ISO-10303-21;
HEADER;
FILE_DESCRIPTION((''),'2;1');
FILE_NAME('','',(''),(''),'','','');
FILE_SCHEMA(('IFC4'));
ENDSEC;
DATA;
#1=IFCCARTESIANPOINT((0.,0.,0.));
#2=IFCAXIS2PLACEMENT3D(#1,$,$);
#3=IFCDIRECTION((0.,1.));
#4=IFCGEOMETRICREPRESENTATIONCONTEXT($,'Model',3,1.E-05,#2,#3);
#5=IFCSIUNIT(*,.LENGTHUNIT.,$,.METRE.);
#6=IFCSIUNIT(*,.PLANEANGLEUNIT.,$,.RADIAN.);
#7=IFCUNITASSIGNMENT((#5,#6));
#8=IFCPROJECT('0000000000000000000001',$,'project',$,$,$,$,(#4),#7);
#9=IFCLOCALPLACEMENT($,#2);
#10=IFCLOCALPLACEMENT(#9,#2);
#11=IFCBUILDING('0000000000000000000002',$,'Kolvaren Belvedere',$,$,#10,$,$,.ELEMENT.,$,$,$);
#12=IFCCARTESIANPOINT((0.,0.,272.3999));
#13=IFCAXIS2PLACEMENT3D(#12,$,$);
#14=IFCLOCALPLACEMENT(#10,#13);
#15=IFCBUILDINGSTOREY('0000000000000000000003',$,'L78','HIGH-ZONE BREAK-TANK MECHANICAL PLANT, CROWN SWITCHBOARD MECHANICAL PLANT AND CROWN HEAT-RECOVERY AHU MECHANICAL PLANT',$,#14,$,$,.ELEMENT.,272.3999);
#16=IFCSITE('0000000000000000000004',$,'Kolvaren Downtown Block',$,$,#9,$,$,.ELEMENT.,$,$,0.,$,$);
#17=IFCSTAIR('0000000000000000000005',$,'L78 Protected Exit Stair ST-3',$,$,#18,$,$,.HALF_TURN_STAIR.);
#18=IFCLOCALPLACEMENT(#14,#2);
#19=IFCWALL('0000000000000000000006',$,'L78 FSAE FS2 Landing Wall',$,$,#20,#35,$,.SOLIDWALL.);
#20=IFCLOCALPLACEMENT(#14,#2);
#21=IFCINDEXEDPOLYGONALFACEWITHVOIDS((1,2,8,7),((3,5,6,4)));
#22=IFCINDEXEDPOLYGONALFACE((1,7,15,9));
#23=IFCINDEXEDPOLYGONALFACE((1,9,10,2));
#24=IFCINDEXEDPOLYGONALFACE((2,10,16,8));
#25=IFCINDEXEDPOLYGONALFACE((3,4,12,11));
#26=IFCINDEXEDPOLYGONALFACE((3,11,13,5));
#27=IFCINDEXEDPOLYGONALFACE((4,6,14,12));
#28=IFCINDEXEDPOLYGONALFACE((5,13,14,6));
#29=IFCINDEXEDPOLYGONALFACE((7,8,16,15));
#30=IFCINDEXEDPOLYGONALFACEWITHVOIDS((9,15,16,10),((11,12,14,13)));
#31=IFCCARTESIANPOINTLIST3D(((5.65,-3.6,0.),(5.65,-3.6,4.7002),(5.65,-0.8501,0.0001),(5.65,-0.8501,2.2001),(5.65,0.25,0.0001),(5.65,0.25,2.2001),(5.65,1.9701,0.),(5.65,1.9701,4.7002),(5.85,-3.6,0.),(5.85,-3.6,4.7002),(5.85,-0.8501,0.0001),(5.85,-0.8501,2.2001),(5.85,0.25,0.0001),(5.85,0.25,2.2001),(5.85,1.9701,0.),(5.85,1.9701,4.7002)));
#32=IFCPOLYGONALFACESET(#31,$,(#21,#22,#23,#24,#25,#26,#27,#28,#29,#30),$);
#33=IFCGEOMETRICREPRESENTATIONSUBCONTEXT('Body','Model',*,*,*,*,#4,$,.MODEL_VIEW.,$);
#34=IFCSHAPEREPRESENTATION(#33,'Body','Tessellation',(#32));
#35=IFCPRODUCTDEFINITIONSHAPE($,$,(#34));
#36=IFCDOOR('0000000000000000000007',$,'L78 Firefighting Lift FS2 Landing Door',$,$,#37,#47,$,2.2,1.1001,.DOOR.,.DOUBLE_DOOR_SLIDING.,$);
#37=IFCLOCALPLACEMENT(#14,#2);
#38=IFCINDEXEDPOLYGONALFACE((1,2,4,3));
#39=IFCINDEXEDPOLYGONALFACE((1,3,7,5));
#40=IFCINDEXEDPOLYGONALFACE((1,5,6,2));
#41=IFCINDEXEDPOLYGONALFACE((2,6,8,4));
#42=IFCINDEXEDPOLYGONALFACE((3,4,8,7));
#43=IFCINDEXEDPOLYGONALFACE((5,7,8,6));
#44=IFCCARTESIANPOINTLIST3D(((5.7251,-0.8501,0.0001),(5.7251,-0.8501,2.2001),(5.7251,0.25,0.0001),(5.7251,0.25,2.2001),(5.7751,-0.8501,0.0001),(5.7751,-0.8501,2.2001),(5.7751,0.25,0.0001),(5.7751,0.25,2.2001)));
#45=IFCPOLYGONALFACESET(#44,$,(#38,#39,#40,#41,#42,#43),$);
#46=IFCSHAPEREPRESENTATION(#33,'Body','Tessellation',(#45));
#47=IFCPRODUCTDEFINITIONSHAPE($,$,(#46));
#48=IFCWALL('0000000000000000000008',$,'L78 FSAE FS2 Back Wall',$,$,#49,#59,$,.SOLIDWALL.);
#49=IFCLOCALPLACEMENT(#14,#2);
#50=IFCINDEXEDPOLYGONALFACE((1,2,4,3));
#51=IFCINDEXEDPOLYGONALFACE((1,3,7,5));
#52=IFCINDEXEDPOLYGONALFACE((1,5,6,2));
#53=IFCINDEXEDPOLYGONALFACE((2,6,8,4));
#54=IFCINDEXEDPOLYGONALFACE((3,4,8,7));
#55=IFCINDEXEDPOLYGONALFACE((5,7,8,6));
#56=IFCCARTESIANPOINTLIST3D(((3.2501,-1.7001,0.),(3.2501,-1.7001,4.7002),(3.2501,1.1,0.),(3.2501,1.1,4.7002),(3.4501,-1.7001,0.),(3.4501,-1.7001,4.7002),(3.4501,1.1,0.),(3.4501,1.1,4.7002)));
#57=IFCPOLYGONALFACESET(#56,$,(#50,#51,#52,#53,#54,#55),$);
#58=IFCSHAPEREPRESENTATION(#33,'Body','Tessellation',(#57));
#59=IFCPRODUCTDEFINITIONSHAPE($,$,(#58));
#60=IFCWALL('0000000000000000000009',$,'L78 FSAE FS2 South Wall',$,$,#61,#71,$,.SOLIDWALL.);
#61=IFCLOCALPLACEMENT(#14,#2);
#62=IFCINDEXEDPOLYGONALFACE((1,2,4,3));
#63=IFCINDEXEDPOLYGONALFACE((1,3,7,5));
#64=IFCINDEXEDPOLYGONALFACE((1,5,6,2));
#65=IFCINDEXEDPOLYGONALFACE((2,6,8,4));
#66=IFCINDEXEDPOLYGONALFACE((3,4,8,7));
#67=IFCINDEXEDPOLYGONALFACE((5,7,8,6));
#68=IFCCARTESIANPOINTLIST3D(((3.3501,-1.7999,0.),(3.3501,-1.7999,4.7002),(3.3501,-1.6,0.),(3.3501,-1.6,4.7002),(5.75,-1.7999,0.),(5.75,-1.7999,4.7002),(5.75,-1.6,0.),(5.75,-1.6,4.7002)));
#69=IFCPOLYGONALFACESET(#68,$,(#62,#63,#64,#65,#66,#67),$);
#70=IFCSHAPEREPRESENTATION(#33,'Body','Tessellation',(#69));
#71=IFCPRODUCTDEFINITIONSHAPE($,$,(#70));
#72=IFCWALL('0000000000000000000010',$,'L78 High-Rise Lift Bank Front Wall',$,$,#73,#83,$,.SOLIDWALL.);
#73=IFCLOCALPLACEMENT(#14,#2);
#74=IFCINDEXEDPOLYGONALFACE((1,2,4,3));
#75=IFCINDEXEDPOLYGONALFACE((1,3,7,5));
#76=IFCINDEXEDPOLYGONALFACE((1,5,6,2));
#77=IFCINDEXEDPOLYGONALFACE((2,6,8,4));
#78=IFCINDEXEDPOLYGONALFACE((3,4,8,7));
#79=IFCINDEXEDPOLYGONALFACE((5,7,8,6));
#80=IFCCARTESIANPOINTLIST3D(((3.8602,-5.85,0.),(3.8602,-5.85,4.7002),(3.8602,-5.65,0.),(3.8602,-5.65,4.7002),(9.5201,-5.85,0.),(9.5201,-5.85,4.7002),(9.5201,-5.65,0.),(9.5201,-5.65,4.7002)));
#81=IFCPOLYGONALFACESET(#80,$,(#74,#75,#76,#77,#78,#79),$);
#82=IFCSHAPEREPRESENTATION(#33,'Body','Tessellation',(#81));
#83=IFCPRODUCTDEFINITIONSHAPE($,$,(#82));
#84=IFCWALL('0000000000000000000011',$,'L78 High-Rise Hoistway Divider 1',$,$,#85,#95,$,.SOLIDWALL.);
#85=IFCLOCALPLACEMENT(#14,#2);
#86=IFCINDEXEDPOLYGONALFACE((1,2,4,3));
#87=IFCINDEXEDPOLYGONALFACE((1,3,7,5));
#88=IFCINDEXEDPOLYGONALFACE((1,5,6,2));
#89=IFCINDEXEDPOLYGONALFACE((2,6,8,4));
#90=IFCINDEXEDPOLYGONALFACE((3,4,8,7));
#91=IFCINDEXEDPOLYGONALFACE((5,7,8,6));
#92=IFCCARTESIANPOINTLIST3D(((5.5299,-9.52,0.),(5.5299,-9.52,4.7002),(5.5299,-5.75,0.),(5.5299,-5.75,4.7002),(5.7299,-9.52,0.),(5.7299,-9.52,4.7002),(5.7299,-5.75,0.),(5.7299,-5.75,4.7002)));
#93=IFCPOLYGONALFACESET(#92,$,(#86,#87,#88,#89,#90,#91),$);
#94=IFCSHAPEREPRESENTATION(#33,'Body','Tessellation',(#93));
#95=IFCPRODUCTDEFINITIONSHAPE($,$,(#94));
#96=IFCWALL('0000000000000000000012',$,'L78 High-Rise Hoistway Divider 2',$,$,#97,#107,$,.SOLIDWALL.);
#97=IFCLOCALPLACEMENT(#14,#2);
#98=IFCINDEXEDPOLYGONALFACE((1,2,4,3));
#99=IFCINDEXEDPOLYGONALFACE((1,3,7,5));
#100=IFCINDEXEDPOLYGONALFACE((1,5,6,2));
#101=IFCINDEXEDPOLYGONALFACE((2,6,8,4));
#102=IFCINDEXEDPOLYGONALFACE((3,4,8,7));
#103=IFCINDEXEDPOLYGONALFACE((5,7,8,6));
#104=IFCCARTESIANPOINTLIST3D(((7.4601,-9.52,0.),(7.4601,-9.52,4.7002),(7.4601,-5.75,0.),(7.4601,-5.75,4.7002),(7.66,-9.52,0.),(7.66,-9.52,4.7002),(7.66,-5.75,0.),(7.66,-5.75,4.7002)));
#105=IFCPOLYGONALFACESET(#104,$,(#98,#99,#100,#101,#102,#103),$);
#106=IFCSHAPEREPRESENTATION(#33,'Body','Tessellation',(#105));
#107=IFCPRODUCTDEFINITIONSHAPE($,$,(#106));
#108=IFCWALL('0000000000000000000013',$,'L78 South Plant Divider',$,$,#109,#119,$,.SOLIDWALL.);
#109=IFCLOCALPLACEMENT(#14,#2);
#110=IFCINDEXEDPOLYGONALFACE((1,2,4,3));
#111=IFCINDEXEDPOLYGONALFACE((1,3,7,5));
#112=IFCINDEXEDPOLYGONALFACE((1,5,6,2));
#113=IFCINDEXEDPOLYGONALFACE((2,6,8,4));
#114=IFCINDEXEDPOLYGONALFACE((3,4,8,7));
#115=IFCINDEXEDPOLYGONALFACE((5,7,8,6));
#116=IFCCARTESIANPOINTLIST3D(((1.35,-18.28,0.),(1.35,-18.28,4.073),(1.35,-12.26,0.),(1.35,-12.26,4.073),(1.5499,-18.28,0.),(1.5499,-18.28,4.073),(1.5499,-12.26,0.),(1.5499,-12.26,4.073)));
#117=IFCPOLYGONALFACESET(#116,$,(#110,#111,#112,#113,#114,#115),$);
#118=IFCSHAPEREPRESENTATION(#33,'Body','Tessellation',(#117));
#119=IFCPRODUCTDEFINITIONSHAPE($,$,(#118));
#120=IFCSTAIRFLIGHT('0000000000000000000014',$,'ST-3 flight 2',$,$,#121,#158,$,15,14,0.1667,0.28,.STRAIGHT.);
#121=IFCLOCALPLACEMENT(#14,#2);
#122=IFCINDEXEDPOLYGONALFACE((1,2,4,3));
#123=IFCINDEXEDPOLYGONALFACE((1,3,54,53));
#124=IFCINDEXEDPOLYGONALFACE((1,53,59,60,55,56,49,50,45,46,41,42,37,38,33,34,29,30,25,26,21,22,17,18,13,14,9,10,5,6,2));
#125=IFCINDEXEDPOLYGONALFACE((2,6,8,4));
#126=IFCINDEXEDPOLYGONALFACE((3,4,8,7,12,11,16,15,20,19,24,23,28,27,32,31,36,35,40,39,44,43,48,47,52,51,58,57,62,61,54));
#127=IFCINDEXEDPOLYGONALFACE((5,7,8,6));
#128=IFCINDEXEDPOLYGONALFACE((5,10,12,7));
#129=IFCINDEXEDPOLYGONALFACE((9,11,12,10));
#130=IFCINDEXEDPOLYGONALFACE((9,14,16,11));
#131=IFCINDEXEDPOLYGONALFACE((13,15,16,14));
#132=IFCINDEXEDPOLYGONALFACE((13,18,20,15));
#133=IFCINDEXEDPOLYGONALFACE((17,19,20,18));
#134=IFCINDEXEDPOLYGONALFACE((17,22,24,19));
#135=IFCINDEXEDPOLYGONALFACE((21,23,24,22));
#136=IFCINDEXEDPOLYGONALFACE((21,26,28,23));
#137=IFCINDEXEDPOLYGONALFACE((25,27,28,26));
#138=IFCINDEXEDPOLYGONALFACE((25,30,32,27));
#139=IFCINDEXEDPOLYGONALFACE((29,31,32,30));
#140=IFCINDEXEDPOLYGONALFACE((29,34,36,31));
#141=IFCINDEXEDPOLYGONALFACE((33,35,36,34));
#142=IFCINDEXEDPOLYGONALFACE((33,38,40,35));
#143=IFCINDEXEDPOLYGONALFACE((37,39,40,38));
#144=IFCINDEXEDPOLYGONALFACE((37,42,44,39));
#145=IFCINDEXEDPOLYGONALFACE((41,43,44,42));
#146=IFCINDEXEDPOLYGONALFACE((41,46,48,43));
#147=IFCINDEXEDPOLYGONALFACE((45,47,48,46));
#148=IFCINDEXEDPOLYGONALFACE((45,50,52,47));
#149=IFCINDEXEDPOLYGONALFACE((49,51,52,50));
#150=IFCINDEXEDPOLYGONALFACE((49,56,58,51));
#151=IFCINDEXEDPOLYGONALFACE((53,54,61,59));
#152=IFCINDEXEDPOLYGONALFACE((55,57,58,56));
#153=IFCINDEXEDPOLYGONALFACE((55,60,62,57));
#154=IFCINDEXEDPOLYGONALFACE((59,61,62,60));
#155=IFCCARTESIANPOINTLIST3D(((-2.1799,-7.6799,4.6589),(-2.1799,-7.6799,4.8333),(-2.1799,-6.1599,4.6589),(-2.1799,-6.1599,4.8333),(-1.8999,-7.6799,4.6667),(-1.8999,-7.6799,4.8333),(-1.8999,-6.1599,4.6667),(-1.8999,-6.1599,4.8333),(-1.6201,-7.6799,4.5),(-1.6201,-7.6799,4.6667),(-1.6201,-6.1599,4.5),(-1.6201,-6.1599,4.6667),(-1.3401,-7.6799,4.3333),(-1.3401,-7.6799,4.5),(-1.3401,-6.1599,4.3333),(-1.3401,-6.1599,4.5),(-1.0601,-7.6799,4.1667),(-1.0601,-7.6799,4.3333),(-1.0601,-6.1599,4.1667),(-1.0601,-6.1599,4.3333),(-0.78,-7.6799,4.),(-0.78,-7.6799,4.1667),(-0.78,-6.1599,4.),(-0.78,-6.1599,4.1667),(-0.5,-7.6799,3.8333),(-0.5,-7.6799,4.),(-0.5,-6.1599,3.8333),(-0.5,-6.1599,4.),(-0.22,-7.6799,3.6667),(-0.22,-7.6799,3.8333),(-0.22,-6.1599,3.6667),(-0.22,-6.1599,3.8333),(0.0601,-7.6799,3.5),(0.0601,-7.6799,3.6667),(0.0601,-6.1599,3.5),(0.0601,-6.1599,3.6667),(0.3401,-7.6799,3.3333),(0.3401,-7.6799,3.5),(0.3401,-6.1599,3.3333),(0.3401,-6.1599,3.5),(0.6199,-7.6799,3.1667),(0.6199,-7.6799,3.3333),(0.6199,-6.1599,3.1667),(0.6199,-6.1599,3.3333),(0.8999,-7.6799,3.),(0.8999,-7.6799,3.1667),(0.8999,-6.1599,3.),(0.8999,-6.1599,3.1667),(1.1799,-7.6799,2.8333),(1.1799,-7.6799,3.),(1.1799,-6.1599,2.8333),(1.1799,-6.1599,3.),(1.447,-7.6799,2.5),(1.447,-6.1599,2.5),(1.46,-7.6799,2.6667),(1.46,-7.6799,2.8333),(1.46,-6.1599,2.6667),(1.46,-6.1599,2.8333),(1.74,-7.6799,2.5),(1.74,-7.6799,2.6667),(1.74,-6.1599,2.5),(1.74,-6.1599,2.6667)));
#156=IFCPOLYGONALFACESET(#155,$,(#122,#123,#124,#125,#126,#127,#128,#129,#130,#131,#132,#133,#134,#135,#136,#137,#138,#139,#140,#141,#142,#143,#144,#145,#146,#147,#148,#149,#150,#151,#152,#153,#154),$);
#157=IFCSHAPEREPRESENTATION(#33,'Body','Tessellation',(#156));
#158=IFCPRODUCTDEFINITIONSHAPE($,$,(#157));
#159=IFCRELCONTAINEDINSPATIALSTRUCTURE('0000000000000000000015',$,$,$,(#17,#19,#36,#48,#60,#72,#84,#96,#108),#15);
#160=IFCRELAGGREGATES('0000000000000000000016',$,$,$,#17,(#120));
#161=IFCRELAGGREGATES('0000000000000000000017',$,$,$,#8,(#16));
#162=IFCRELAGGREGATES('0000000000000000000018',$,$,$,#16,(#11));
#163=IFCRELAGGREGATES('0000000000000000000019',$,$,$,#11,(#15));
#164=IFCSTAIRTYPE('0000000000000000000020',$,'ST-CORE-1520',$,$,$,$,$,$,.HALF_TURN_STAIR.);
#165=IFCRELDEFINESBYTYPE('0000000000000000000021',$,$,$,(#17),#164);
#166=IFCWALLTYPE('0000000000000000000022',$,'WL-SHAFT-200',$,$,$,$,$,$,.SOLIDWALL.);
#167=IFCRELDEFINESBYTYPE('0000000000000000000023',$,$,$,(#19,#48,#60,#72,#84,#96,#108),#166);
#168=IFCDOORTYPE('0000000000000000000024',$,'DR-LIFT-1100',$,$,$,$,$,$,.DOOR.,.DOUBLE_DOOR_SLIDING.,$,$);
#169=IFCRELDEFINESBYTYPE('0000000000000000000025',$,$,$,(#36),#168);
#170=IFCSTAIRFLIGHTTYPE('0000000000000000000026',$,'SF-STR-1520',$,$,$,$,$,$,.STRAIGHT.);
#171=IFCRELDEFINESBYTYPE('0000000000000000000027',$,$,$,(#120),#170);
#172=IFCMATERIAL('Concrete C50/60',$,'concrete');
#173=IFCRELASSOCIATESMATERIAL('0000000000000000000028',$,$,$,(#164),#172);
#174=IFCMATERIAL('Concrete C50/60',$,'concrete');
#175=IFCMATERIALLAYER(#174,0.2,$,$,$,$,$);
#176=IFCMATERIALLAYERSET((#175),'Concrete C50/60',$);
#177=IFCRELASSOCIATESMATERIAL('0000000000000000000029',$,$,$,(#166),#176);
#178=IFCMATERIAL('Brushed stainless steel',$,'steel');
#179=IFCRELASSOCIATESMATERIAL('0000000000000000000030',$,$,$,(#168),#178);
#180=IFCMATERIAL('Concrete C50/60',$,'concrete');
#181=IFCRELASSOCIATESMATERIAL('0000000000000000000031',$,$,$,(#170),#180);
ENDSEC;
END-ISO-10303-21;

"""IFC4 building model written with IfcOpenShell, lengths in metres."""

from ifc_helpers import new_model, si_unit, direction, frame, frame_2d, origin, place, context, subcontext, project, spatial, polyline, rectangle, outline, extrude, material, layer, layer_set, type_object, element, fill, aggregate, save


model = new_model("IFC4")

# Units and contexts
model_context = context("Model", 3, precision=1e-05, world=origin(), true_north=direction((0.0, 1.0)))
body_context = subcontext(model_context, "Body", "Model", "MODEL_VIEW")
ifc_project = project(units=[si_unit("LENGTHUNIT", "METRE"), si_unit("PLANEANGLEUNIT", "RADIAN")], contexts=[model_context])

# Site, building, storey
site_placement = place(None, origin())
site = spatial("IfcSite", under=ifc_project, at=site_placement, Name="Kolvaren Downtown Block", CompositionType="ELEMENT", RefElevation=0.0)
building_placement = place(site_placement, origin())
building = spatial("IfcBuilding", under=site, at=building_placement, Name="Kolvaren Belvedere", CompositionType="ELEMENT")
storey_placement = place(building_placement, frame((0.0, 0.0, 272.3999)))
storey = spatial("IfcBuildingStorey", under=building, at=storey_placement, Name="L78", Description="HIGH-ZONE BREAK-TANK MECHANICAL PLANT, CROWN SWITCHBOARD MECHANICAL PLANT AND CROWN HEAT-RECOVERY AHU MECHANICAL PLANT", CompositionType="ELEMENT", Elevation=272.3999)

# Stair
ifc_material_1 = material(Name="Concrete C50/60", Category="concrete")
stair_type = type_object("IfcStairType", Name="ST-CORE-1520", PredefinedType="HALF_TURN_STAIR", material=ifc_material_1)
stair_placement = place(storey_placement, origin())
stair = element("IfcStair", 1, at=stair_placement, inside=storey, type_object=stair_type, Name="L78 Protected Exit Stair ST-3", PredefinedType="HALF_TURN_STAIR")

# Wall, opening, door
ifc_material_2 = material(Name="Concrete C50/60", Category="concrete")
ifc_layer_1 = layer(ifc_material_2, 0.2)
ifc_layer_set_1 = layer_set([ifc_layer_1], Name="Concrete C50/60")
wall_type_1 = type_object("IfcWallType", Name="WL-SHAFT-200", PredefinedType="SOLIDWALL", material=ifc_layer_set_1)
wall_1_placement = place(storey_placement, frame((5.75, -3.6001, 0.0), z_axis=(0.0, 0.0, 1.0), x_axis=(0.0, 1.0, 0.0)))
wall_1 = element("IfcWall", 2, at=wall_1_placement, inside=storey, type_object=wall_type_1, Name="L78 FSAE FS2 Landing Wall", PredefinedType="SOLIDWALL", context=body_context, shape_type="SweptSolid", body=[
    extrude(rectangle(XDim=5.5701, YDim=0.2, at=frame_2d((2.7852, 0.0))), origin(), (0.0, 0.0, 1.0), 4.7002),
])
opening_1_placement = place(wall_1_placement, frame((2.75, 0.0, 0.0)))
opening_1 = element("IfcOpeningElement", 3, at=opening_1_placement, cuts=wall_1, PredefinedType="OPENING", context=body_context, shape_type="SweptSolid", body=[
    extrude(rectangle(XDim=1.1001, YDim=2.2, at=frame_2d((0.55, 1.1001))), frame((0.0, 0.1099, 0.0), z_axis=(0.0, -1.0, 0.0), x_axis=(1.0, 0.0, 0.0)), (0.0, 0.0, 1.0), 0.22),
])
ifc_material_3 = material(Name="Brushed stainless steel", Category="steel")
door_type_1 = type_object("IfcDoorType", Name="DR-LIFT-1100", OperationType="DOUBLE_DOOR_SLIDING", PredefinedType="DOOR", material=ifc_material_3)
door_1_placement = place(opening_1_placement, origin())
door_1 = element("IfcDoor", 4, at=door_1_placement, inside=storey, type_object=door_type_1, Name="L78 Firefighting Lift FS2 Landing Door", OperationType="DOUBLE_DOOR_SLIDING", OverallHeight=2.2, OverallWidth=1.1001, PredefinedType="DOOR", context=body_context, shape_type="SweptSolid", body=[
    extrude(rectangle(XDim=1.1001, YDim=2.2, at=frame_2d((0.55, 1.1001))), frame((0.0, 0.0249, 0.0), z_axis=(0.0, -1.0, 0.0), x_axis=(1.0, 0.0, 0.0)), (0.0, 0.0, 1.0), 0.05),
])
fill(opening_1, door_1)

# Walls
wall_2_placement = place(storey_placement, frame((3.3501, -1.7, 0.0), z_axis=(0.0, 0.0, 1.0), x_axis=(0.0, 1.0, 0.0)))
element("IfcWall", 5, at=wall_2_placement, inside=storey, type_object=wall_type_1, Name="L78 FSAE FS2 Back Wall", PredefinedType="SOLIDWALL", context=body_context, shape_type="SweptSolid", body=[
    extrude(rectangle(XDim=2.8, YDim=0.2, at=frame_2d((1.3999, 0.0))), origin(), (0.0, 0.0, 1.0), 4.7002),
])
wall_3_placement = place(storey_placement, frame((3.3501, -1.7, 0.0), z_axis=(0.0, 0.0, 1.0), x_axis=(1.0, 0.0, 0.0)))
element("IfcWall", 6, at=wall_3_placement, inside=storey, type_object=wall_type_1, Name="L78 FSAE FS2 South Wall", PredefinedType="SOLIDWALL", context=body_context, shape_type="SweptSolid", body=[
    extrude(rectangle(XDim=2.3999, YDim=0.2, at=frame_2d((1.2, 0.0))), origin(), (0.0, 0.0, 1.0), 4.7002),
])
wall_4_placement = place(storey_placement, frame((3.8601, -5.75, 0.0), z_axis=(0.0, 0.0, 1.0), x_axis=(1.0, 0.0, 0.0)))
element("IfcWall", 7, at=wall_4_placement, inside=storey, type_object=wall_type_1, Name="L78 High-Rise Lift Bank Front Wall", PredefinedType="SOLIDWALL", context=body_context, shape_type="SweptSolid", body=[
    extrude(rectangle(XDim=5.6599, YDim=0.2, at=frame_2d((2.8301, 0.0))), origin(), (0.0, 0.0, 1.0), 4.7002),
])
for number, where, z_axis, x_axis, name in (
    (8, (5.6299, -9.52, 0.0), (0.0, 0.0, 1.0), (0.0, 1.0, 0.0), "L78 High-Rise Hoistway Divider 1"),
    (9, (7.5601, -9.52, 0.0), (0.0, 0.0, 1.0), (0.0, 1.0, 0.0), "L78 High-Rise Hoistway Divider 2"),
):
    element("IfcWall", number, at=place(storey_placement, frame(where, z_axis=z_axis, x_axis=x_axis)), inside=storey, type_object=wall_type_1, Name=name, PredefinedType="SOLIDWALL", context=body_context, shape_type="SweptSolid", body=[
        extrude(rectangle(XDim=3.77, YDim=0.2, at=frame_2d((1.885, 0.0))), origin(), (0.0, 0.0, 1.0), 4.7002),
    ])
wall_5_placement = place(storey_placement, frame((1.45, -18.28, 0.0), z_axis=(0.0, 0.0, 1.0), x_axis=(0.0, 1.0, 0.0)))
element("IfcWall", 10, at=wall_5_placement, inside=storey, type_object=wall_type_1, Name="L78 South Plant Divider", PredefinedType="SOLIDWALL", context=body_context, shape_type="SweptSolid", body=[
    extrude(rectangle(XDim=6.02, YDim=0.2, at=frame_2d((3.01, 0.0))), origin(), (0.0, 0.0, 1.0), 4.073),
])

# Stair flight
ifc_material_4 = material(Name="Concrete C50/60", Category="concrete")
stair_flight_type = type_object("IfcStairFlightType", Name="SF-STR-1520", PredefinedType="STRAIGHT", material=ifc_material_4)
stair_flight_placement = place(storey_placement, frame((1.74, -6.9199, 2.5), z_axis=(0.0, 0.0, 1.0), x_axis=(-1.0, 0.0, 0.0)))
stair_flight = element("IfcStairFlight", 11, at=stair_flight_placement, type_object=stair_flight_type, Name="ST-3 flight 2", NumberOfRisers=15, NumberOfTreads=14, PredefinedType="STRAIGHT", RiserHeight=0.1667, TreadLength=0.28, context=body_context, shape_type="SweptSolid", body=[
    extrude(outline(polyline([(0.0, 0.0), (0.0, 0.1667), (0.28, 0.1667), (0.28, 0.3333), (0.5601, 0.3333), (0.5601, 0.5), (0.8401, 0.5), (0.8401, 0.6667), (1.1201, 0.6667), (1.1201, 0.8333), (1.3999, 0.8333), (1.3999, 1.0), (1.6799, 1.0), (1.6799, 1.1667), (1.96, 1.1667), (1.96, 1.3333), (2.24, 1.3333), (2.24, 1.5), (2.52, 1.5), (2.52, 1.6667), (2.8, 1.6667), (2.8, 1.8333), (3.0801, 1.8333), (3.0801, 2.0), (3.3601, 2.0), (3.3601, 2.1667), (3.6399, 2.1667), (3.6399, 2.3333), (3.9199, 2.3333), (3.9199, 2.5), (3.9199, 2.1589), (0.293, 0.0), (0.0, 0.0)])), frame((0.0, 0.76, 0.0), z_axis=(0.0, -1.0, 0.0), x_axis=(1.0, 0.0, 0.0)), (0.0, 0.0, 1.0), 1.52),
])
aggregate(stair, [stair_flight])

save(model, "model.ifc")
